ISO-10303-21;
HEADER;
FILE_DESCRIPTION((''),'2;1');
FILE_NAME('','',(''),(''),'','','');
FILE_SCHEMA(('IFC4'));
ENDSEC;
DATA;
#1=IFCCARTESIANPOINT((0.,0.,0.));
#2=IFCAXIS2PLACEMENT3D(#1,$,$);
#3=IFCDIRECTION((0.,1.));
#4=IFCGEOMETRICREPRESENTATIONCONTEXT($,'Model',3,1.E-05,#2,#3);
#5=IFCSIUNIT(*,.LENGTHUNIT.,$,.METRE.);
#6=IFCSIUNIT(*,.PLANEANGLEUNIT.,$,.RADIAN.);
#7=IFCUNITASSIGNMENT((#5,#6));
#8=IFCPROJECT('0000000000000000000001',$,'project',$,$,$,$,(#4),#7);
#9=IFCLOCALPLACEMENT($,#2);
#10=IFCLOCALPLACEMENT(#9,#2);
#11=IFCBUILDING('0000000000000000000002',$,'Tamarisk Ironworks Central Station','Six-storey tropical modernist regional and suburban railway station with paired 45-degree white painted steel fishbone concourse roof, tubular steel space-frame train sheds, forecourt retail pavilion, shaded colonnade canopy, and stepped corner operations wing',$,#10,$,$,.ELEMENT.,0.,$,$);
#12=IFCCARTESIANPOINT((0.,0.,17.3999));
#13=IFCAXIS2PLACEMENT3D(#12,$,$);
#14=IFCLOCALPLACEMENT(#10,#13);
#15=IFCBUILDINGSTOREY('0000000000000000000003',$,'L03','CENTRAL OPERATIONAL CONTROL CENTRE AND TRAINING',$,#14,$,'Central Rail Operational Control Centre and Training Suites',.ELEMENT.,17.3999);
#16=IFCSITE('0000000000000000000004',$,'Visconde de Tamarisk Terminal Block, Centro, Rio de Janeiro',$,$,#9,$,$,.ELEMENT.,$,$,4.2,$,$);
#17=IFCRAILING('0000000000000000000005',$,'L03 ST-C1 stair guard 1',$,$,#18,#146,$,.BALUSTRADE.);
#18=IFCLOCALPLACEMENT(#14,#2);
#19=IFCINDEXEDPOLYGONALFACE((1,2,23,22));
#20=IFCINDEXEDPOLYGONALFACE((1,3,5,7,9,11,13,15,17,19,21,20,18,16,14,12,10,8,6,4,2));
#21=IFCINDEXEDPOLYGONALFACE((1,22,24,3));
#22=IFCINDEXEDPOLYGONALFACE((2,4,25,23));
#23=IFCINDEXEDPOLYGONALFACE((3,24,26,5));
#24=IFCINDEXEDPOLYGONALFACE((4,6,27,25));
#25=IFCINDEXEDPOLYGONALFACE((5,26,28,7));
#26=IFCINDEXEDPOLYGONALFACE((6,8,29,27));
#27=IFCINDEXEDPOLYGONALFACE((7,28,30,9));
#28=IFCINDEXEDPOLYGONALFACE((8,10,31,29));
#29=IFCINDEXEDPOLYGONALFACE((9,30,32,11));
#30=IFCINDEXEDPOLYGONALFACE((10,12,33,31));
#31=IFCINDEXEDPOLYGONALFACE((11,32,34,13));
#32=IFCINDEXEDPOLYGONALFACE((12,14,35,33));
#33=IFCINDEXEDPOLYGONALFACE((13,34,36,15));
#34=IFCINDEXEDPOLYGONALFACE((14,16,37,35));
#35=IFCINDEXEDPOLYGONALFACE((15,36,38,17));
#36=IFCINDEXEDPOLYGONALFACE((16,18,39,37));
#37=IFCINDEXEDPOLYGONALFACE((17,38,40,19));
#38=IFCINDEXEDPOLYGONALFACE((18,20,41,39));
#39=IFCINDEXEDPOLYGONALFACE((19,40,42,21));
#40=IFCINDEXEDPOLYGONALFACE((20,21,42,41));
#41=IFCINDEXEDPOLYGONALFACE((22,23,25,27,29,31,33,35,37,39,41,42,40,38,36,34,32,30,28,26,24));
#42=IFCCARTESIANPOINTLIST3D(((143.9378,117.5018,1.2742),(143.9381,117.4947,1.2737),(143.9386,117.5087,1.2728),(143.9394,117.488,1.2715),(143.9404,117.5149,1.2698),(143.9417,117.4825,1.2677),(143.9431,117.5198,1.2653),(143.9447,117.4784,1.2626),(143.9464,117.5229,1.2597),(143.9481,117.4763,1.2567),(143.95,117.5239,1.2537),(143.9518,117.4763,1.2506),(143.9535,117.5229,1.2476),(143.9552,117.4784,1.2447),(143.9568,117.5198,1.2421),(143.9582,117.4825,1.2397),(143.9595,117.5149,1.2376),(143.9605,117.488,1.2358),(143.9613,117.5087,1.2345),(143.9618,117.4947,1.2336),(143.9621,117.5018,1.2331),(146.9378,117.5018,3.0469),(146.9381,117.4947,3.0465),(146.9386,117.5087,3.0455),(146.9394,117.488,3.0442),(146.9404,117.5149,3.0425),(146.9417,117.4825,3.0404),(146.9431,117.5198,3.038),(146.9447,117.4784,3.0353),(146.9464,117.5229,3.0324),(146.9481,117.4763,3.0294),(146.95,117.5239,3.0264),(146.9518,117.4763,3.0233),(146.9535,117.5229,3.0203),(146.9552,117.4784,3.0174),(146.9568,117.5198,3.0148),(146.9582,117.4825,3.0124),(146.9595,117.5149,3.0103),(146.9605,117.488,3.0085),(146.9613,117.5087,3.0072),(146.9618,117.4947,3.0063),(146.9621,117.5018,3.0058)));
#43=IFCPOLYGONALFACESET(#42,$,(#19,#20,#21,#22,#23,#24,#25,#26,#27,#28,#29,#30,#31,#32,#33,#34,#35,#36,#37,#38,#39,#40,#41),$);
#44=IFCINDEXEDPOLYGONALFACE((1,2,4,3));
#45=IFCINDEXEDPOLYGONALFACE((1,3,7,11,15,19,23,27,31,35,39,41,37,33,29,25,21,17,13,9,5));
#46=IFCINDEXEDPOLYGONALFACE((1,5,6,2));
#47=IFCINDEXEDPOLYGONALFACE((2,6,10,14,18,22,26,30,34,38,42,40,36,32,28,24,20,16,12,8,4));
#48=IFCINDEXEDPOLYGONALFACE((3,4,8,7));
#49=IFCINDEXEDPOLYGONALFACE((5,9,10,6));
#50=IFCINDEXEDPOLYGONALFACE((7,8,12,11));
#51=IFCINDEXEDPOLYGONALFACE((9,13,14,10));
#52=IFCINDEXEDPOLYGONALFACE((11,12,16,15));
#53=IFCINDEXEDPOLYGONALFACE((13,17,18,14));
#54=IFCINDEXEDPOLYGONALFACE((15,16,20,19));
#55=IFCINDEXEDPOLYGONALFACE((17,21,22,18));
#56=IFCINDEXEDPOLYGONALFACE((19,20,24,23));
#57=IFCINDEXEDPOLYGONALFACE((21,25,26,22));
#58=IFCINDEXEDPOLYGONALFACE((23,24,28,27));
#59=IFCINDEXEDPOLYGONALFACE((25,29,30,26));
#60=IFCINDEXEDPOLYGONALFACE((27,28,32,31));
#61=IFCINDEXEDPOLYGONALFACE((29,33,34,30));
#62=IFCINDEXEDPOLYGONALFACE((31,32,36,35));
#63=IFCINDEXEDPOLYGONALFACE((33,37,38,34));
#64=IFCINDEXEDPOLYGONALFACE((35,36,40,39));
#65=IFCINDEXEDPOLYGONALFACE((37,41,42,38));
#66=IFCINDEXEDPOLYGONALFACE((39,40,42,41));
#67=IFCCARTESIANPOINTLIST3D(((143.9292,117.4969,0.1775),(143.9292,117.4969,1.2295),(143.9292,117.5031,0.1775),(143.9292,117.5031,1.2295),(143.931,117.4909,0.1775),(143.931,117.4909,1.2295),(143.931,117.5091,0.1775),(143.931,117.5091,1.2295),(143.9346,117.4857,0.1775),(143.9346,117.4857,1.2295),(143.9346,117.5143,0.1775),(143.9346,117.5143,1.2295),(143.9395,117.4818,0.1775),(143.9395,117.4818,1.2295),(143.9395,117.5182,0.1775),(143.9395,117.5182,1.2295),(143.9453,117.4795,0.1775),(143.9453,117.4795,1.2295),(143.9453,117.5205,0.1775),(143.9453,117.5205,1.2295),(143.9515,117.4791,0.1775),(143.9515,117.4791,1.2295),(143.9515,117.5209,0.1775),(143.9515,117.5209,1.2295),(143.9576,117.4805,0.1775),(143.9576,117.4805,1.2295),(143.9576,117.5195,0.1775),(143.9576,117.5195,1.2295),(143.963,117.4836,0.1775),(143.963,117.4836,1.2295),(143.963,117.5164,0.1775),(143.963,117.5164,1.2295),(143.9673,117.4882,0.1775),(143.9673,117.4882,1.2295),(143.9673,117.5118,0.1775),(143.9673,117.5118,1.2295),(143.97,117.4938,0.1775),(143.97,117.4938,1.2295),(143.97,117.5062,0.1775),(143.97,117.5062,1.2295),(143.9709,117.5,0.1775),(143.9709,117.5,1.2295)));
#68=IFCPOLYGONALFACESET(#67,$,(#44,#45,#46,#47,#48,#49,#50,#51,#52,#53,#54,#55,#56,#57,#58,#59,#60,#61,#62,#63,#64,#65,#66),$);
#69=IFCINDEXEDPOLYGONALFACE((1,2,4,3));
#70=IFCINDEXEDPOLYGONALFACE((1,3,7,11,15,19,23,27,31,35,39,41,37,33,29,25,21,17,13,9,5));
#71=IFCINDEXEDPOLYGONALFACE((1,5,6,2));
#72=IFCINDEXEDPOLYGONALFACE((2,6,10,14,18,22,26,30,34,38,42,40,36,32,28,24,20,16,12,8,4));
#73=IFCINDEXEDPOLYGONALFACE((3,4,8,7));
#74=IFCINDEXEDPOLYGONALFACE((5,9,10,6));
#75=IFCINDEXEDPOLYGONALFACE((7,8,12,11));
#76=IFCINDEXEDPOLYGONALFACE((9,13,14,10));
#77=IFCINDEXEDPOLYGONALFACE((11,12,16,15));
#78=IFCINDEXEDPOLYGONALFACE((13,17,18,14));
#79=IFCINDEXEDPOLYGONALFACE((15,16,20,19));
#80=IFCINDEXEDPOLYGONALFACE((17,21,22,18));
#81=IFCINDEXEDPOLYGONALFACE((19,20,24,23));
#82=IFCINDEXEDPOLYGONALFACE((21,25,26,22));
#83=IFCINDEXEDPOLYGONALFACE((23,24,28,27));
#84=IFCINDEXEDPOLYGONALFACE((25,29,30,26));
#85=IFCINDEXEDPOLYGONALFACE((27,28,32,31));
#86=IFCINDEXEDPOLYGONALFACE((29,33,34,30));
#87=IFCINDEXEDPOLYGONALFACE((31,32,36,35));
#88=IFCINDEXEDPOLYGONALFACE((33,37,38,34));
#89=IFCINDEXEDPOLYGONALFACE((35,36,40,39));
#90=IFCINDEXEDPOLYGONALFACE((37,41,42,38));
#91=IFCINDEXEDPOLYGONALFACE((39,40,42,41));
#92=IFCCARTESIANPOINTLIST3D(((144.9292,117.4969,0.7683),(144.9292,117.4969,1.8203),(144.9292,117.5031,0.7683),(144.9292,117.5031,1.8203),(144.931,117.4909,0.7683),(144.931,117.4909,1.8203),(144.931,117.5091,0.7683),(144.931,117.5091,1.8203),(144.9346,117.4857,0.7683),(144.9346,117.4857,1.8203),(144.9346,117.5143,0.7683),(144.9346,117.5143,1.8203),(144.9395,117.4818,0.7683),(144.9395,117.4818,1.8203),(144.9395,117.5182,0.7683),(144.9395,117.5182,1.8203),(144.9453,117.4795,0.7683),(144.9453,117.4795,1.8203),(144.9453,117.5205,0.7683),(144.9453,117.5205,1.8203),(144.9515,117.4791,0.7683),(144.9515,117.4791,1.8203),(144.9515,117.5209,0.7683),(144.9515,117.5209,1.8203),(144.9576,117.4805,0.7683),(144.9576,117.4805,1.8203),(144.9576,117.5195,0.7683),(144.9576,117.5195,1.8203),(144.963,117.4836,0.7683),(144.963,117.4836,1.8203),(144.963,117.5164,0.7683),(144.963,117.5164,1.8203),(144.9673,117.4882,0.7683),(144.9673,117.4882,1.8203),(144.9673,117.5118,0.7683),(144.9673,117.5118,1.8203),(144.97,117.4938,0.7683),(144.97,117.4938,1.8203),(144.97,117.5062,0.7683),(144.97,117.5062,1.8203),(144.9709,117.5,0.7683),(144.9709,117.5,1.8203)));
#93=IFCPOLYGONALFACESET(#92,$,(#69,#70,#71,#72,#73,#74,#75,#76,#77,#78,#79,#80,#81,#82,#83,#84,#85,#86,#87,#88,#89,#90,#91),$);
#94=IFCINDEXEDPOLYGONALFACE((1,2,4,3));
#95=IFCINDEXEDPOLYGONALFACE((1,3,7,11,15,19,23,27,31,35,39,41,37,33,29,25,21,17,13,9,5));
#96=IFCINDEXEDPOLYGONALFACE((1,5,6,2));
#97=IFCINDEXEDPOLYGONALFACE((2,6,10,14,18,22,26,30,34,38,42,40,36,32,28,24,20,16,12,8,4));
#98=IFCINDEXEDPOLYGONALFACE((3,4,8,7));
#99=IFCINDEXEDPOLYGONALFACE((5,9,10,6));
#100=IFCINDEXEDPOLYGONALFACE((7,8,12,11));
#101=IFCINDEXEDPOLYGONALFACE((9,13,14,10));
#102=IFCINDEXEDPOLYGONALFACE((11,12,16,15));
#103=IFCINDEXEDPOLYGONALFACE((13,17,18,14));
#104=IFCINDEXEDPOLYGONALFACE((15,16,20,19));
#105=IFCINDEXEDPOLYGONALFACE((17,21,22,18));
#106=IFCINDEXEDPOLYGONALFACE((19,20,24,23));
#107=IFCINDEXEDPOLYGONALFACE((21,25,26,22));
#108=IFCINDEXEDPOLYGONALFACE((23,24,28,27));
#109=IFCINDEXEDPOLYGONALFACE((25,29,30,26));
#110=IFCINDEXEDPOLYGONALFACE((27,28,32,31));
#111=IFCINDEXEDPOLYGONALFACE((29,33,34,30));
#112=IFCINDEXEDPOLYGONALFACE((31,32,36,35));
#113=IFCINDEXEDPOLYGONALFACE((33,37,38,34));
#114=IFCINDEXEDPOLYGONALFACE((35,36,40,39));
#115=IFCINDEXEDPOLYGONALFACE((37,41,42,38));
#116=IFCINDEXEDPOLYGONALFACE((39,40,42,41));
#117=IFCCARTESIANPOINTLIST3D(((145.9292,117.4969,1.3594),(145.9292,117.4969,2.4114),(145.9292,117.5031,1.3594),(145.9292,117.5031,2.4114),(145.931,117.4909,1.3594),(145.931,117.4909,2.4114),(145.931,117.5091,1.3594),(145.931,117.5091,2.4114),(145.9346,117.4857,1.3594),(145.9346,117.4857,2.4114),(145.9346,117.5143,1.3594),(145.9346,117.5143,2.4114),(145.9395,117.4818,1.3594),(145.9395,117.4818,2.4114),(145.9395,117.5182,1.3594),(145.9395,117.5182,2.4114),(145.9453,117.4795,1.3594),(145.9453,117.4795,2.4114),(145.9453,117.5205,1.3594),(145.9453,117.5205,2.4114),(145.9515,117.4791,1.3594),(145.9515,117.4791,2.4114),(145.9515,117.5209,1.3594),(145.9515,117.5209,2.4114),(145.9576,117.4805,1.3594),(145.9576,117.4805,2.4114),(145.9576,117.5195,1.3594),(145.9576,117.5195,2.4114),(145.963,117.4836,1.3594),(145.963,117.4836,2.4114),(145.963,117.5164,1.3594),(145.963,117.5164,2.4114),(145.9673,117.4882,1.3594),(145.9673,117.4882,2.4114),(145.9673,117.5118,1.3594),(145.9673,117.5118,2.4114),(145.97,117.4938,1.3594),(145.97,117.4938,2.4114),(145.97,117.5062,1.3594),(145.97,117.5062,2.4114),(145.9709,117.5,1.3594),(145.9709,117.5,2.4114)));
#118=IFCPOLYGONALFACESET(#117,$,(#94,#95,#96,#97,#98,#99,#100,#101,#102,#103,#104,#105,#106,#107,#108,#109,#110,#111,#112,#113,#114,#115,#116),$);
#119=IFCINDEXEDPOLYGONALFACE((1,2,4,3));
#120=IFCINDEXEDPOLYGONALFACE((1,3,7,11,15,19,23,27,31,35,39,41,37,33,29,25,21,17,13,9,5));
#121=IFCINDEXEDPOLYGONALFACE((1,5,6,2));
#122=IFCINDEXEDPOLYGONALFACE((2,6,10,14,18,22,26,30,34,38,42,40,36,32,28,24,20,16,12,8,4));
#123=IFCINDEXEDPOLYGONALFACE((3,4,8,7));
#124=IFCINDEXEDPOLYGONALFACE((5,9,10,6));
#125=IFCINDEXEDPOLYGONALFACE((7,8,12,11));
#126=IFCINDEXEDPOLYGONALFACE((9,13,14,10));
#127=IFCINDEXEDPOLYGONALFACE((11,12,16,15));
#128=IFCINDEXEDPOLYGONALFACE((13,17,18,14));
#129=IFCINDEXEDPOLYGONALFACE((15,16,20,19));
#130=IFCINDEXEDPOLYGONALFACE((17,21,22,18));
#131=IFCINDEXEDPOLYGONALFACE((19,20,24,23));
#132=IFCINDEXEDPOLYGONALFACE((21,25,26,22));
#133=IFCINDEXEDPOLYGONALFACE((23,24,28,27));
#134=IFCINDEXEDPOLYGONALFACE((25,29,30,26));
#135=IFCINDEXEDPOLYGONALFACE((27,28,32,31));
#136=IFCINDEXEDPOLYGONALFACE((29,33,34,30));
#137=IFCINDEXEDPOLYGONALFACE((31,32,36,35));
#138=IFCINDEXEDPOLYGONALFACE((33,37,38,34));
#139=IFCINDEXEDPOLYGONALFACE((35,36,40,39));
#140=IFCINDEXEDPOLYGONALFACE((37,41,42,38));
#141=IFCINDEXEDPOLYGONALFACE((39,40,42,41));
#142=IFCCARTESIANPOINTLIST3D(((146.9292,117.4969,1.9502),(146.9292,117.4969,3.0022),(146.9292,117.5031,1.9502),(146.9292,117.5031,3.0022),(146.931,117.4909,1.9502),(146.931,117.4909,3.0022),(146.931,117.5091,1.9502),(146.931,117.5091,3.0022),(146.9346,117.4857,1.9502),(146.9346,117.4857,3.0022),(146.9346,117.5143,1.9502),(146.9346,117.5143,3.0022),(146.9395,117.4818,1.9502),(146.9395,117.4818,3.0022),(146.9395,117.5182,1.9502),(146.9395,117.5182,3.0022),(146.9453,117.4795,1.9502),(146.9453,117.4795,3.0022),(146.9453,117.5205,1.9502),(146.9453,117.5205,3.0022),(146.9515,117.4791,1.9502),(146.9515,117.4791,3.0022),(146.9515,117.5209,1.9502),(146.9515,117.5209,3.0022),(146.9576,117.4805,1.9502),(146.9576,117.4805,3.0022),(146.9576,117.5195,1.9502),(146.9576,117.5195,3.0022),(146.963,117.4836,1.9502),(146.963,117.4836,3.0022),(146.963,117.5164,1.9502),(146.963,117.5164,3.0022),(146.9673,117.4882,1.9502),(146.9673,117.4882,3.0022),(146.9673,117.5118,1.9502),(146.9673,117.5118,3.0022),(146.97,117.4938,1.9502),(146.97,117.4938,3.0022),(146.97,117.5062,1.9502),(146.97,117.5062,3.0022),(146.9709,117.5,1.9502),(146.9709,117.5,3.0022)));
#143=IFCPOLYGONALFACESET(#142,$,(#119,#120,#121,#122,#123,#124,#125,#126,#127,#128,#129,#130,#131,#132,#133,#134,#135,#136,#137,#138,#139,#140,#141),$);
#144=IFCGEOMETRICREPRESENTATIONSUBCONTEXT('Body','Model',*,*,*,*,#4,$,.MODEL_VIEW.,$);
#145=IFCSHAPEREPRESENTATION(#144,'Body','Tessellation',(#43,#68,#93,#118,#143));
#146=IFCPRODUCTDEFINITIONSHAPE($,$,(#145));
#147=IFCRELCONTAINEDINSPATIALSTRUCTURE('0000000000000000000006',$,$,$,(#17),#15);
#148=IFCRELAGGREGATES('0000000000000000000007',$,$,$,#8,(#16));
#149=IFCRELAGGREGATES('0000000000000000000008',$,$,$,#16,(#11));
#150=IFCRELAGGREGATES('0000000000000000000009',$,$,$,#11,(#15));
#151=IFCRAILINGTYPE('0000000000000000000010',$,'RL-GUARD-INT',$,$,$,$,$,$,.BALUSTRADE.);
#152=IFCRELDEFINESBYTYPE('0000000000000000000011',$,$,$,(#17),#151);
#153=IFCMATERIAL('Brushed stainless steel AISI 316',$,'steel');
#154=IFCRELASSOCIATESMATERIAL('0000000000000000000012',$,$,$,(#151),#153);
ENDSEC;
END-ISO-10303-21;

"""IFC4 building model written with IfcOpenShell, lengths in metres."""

from ifc_helpers import new_model, si_unit, direction, frame, origin, origin_2d, place, context, subcontext, project, spatial, circle, extrude, material, type_object, element, save


model = new_model("IFC4")

# Units and contexts
model_context = context("Model", 3, precision=1e-05, world=origin(), true_north=direction((0.0, 1.0)))
body_context = subcontext(model_context, "Body", "Model", "MODEL_VIEW")
ifc_project = project(units=[si_unit("LENGTHUNIT", "METRE"), si_unit("PLANEANGLEUNIT", "RADIAN")], contexts=[model_context])

# Site, building, storey
site_placement = place(None, origin())
site = spatial("IfcSite", under=ifc_project, at=site_placement, Name="Visconde de Tamarisk Terminal Block, Centro, Rio de Janeiro", CompositionType="ELEMENT", RefElevation=4.2)
building_placement = place(site_placement, origin())
building = spatial("IfcBuilding", under=site, at=building_placement, Name="Tamarisk Ironworks Central Station", Description="Six-storey tropical modernist regional and suburban railway station with paired 45-degree white painted steel fishbone concourse roof, tubular steel space-frame train sheds, forecourt retail pavilion, shaded colonnade canopy, and stepped corner operations wing", CompositionType="ELEMENT", ElevationOfRefHeight=0.0)
storey_placement = place(building_placement, frame((0.0, 0.0, 17.3999)))
storey = spatial("IfcBuildingStorey", under=building, at=storey_placement, Name="L03", Description="CENTRAL OPERATIONAL CONTROL CENTRE AND TRAINING", LongName="Central Rail Operational Control Centre and Training Suites", CompositionType="ELEMENT", Elevation=17.3999)

# Railing
ifc_material_1 = material(Name="Brushed stainless steel AISI 316", Category="steel")
railing_type_1 = type_object("IfcRailingType", Name="RL-GUARD-INT", PredefinedType="BALUSTRADE", material=ifc_material_1)
railing_1_placement = place(storey_placement, frame((143.95, 117.5, 0.1775)))
element("IfcRailing", 1, at=railing_1_placement, inside=storey, type_object=railing_type_1, Name="L03 ST-C1 stair guard 1", PredefinedType="BALUSTRADE", context=body_context, shape_type="SweptSolid", body=[
    extrude(circle(Radius=0.0239, at=origin_2d()), frame((0.0, 0.0, 1.0762), z_axis=(0.860929, 0.0, 0.508725), x_axis=(0.0, 1.0, 0.0)), (0.0, 0.0, 1.0), 3.4846),
    extrude(circle(Radius=0.021, at=origin_2d()), origin(), (0.0, 0.0, 1.0), 1.052),
    extrude(circle(Radius=0.021, at=origin_2d()), frame((1.0, 0.0, 0.5908)), (0.0, 0.0, 1.0), 1.052),
    extrude(circle(Radius=0.021, at=origin_2d()), frame((2.0, 0.0, 1.1819)), (0.0, 0.0, 1.0), 1.052),
    extrude(circle(Radius=0.021, at=origin_2d()), frame((3.0, 0.0, 1.7727)), (0.0, 0.0, 1.0), 1.052),
])

save(model, "model.ifc")
